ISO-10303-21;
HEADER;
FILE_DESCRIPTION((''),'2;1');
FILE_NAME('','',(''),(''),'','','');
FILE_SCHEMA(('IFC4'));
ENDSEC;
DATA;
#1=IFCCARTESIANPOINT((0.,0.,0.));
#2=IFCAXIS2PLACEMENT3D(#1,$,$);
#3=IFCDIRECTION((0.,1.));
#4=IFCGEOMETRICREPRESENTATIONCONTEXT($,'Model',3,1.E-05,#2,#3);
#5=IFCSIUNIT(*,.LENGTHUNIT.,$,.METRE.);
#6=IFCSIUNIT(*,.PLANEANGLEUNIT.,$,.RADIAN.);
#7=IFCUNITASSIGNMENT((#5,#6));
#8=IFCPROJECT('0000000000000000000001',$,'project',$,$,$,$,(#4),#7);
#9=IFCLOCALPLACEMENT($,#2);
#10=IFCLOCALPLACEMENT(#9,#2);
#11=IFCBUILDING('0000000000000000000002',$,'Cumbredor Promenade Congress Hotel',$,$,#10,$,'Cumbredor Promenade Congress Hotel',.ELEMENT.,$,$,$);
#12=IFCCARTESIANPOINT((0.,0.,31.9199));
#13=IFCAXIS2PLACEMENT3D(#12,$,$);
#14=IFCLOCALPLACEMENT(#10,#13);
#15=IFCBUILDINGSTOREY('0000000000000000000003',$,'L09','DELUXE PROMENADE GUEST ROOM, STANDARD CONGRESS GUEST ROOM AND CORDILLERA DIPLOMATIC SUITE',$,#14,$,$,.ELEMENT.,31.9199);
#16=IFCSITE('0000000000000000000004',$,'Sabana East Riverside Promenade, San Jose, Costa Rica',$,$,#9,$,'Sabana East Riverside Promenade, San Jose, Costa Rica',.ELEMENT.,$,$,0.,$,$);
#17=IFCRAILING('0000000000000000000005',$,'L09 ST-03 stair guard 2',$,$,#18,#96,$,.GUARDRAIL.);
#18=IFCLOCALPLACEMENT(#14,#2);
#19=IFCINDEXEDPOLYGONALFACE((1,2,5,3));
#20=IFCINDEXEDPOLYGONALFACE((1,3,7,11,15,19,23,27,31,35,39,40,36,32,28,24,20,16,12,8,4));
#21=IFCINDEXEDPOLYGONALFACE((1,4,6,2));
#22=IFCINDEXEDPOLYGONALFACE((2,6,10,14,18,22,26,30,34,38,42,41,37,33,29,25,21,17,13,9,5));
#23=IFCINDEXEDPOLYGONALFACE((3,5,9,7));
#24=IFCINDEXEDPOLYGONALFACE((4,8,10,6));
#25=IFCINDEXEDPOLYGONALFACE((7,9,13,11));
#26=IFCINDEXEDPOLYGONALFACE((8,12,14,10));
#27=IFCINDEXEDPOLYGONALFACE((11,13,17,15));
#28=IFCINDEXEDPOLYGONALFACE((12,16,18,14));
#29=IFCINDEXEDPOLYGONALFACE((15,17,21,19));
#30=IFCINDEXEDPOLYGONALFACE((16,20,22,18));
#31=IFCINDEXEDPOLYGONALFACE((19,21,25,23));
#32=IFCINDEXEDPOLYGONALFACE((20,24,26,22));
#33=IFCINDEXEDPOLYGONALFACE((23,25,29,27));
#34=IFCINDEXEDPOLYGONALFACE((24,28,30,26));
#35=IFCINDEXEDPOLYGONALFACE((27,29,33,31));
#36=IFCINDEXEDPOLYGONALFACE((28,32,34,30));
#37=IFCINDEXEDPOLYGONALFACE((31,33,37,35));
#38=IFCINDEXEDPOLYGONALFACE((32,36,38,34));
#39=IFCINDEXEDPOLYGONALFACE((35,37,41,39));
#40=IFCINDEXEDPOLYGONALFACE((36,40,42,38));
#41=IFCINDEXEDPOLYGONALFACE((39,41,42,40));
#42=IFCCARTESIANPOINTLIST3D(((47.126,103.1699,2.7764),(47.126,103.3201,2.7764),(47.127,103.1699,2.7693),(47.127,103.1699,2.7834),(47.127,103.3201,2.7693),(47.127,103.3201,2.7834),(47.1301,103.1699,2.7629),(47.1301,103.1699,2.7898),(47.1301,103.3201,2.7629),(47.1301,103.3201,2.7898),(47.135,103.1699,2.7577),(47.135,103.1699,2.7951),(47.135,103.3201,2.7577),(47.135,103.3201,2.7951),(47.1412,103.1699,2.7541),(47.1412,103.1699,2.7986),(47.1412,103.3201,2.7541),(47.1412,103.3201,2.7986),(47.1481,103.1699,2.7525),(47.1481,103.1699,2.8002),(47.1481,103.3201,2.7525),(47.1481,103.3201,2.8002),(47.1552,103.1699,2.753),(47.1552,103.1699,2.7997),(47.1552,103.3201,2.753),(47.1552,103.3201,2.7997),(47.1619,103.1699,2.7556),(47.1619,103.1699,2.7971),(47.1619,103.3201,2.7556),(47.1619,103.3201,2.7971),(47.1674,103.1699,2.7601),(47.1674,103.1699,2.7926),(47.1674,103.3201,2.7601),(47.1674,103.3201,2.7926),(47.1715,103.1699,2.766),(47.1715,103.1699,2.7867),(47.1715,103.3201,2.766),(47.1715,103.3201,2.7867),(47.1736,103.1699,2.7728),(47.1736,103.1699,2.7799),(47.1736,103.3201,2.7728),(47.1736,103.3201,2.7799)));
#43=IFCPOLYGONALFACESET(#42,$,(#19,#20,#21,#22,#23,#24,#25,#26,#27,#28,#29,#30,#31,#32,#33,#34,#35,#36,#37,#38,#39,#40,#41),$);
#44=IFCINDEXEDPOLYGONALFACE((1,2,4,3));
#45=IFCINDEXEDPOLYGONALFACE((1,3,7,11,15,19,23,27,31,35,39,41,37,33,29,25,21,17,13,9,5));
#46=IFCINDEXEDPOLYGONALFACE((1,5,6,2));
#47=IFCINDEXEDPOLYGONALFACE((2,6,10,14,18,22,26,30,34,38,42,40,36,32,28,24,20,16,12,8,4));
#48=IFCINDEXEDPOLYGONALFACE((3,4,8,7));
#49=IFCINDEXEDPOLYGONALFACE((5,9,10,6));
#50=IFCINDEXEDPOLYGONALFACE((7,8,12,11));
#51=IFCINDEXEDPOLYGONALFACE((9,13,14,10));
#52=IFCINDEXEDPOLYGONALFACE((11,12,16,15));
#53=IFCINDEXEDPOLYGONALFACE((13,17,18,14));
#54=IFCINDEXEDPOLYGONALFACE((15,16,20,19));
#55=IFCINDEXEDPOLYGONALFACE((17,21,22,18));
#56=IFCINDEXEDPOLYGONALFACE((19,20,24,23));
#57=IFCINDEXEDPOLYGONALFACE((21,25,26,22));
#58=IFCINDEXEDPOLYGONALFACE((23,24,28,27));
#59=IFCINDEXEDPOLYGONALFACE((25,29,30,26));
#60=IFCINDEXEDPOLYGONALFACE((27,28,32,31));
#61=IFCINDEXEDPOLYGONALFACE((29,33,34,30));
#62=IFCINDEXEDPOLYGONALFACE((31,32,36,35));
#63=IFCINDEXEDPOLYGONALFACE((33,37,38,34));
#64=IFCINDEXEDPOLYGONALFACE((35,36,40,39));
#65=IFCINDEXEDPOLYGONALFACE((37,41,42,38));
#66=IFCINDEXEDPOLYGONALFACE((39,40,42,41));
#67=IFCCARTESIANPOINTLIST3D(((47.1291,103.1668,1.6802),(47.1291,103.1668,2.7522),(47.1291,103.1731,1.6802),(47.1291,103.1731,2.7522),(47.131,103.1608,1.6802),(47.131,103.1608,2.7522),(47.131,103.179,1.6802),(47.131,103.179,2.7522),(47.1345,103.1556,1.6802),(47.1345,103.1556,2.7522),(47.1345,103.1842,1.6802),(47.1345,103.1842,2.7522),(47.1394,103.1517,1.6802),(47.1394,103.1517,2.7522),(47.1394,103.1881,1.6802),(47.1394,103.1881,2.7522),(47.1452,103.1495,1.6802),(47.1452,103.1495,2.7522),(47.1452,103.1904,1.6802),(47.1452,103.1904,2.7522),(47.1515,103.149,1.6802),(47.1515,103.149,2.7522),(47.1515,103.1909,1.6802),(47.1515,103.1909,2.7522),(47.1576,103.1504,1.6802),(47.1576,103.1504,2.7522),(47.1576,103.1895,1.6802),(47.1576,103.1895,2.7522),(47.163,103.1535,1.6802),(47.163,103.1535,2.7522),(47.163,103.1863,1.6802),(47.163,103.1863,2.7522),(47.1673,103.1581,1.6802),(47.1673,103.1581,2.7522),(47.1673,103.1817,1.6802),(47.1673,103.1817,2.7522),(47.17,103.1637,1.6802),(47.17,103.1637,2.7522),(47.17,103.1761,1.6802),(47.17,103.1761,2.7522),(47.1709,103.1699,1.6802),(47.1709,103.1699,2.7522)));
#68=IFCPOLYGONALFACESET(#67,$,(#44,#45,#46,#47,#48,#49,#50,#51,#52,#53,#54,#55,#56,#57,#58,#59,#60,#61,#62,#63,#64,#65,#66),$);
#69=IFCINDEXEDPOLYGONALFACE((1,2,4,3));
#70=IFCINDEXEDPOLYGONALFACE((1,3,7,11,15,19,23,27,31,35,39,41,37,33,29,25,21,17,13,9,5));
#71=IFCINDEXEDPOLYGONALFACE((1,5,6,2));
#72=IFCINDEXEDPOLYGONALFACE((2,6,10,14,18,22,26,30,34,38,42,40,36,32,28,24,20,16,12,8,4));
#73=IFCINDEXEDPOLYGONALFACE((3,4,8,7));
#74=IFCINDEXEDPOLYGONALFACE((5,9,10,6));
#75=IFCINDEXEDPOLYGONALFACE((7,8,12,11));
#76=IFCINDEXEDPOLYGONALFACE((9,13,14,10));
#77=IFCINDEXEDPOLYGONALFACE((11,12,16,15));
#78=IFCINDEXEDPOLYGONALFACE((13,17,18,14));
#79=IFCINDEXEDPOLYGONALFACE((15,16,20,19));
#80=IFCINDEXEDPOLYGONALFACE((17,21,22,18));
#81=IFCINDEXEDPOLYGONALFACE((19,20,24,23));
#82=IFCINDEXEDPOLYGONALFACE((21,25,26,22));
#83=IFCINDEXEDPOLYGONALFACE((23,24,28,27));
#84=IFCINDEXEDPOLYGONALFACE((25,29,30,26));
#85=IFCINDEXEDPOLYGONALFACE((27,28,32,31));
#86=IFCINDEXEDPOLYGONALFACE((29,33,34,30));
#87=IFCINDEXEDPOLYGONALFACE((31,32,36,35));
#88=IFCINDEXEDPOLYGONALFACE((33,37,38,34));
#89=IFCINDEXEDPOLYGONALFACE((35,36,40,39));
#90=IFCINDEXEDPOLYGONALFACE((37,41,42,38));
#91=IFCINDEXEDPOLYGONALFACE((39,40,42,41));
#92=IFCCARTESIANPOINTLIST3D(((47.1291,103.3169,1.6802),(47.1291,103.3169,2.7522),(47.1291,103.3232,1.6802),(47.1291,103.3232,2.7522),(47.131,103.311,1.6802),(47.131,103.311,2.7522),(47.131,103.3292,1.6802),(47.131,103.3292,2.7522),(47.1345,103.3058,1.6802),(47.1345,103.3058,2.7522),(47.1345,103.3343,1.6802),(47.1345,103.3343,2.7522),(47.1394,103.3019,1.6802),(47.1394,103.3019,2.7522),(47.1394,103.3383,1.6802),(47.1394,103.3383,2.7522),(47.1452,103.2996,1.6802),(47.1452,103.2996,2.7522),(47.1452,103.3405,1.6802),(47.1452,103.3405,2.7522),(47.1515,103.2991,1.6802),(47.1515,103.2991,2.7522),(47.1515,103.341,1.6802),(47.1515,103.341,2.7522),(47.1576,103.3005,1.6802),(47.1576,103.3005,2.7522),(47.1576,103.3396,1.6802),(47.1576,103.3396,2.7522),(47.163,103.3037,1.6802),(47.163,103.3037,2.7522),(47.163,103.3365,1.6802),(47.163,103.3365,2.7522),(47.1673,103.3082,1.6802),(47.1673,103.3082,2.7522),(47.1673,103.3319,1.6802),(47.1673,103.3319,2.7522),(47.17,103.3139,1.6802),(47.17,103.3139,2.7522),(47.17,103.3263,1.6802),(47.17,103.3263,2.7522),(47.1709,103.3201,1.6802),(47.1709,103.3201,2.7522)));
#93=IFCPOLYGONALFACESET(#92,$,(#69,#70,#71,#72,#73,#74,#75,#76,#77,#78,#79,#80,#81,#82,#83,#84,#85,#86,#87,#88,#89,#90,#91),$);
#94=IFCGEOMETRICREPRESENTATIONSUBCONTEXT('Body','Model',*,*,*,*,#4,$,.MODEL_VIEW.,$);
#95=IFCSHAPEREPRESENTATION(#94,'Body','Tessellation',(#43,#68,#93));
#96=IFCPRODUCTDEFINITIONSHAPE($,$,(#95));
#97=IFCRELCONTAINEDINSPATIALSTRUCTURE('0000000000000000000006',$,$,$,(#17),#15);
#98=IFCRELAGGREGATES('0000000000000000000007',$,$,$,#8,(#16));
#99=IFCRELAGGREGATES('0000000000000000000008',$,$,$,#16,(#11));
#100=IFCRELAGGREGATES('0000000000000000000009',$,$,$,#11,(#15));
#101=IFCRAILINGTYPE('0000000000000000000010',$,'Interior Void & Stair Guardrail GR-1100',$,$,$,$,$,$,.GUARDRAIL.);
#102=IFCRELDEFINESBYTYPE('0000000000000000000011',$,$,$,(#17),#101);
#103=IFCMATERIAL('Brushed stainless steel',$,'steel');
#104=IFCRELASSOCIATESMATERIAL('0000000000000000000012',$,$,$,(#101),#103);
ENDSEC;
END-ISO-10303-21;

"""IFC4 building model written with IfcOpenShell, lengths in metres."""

from ifc_helpers import new_model, si_unit, direction, frame, origin, origin_2d, place, context, subcontext, project, spatial, circle, extrude, material, type_object, element, save


model = new_model("IFC4")

# Units and contexts
model_context = context("Model", 3, precision=1e-05, world=origin(), true_north=direction((0.0, 1.0)))
body_context = subcontext(model_context, "Body", "Model", "MODEL_VIEW")
ifc_project = project(units=[si_unit("LENGTHUNIT", "METRE"), si_unit("PLANEANGLEUNIT", "RADIAN")], contexts=[model_context])

# Site, building, storey
site_placement = place(None, origin())
site = spatial("IfcSite", under=ifc_project, at=site_placement, Name="Sabana East Riverside Promenade, San Jose, Costa Rica", LongName="Sabana East Riverside Promenade, San Jose, Costa Rica", CompositionType="ELEMENT", RefElevation=0.0)
building_placement = place(site_placement, origin())
building = spatial("IfcBuilding", under=site, at=building_placement, Name="Cumbredor Promenade Congress Hotel", LongName="Cumbredor Promenade Congress Hotel", CompositionType="ELEMENT")
storey_placement = place(building_placement, frame((0.0, 0.0, 31.9199)))
storey = spatial("IfcBuildingStorey", under=building, at=storey_placement, Name="L09", Description="DELUXE PROMENADE GUEST ROOM, STANDARD CONGRESS GUEST ROOM AND CORDILLERA DIPLOMATIC SUITE", CompositionType="ELEMENT", Elevation=31.9199)

# Railing
ifc_material_1 = material(Name="Brushed stainless steel", Category="steel")
railing_type = type_object("IfcRailingType", Name="Interior Void & Stair Guardrail GR-1100", PredefinedType="GUARDRAIL", material=ifc_material_1)
railing_placement = place(storey_placement, frame((47.1499, 103.1699, 1.6802)))
element("IfcRailing", 1, at=railing_placement, inside=storey, type_object=railing_type, Name="L09 ST-03 stair guard 2", PredefinedType="GUARDRAIL", context=body_context, shape_type="SweptSolid", body=[
    extrude(circle(Radius=0.0239, at=origin_2d()), frame((0.0, 0.0, 1.0962), z_axis=(0.0, 1.0, 0.0), x_axis=(-1.0, 0.0, 0.0)), (0.0, 0.0, 1.0), 0.1501),
    extrude(circle(Radius=0.021, at=origin_2d()), origin(), (0.0, 0.0, 1.0), 1.072),
    extrude(circle(Radius=0.021, at=origin_2d()), frame((0.0, 0.1501, 0.0)), (0.0, 0.0, 1.0), 1.072),
])

save(model, "model.ifc")
